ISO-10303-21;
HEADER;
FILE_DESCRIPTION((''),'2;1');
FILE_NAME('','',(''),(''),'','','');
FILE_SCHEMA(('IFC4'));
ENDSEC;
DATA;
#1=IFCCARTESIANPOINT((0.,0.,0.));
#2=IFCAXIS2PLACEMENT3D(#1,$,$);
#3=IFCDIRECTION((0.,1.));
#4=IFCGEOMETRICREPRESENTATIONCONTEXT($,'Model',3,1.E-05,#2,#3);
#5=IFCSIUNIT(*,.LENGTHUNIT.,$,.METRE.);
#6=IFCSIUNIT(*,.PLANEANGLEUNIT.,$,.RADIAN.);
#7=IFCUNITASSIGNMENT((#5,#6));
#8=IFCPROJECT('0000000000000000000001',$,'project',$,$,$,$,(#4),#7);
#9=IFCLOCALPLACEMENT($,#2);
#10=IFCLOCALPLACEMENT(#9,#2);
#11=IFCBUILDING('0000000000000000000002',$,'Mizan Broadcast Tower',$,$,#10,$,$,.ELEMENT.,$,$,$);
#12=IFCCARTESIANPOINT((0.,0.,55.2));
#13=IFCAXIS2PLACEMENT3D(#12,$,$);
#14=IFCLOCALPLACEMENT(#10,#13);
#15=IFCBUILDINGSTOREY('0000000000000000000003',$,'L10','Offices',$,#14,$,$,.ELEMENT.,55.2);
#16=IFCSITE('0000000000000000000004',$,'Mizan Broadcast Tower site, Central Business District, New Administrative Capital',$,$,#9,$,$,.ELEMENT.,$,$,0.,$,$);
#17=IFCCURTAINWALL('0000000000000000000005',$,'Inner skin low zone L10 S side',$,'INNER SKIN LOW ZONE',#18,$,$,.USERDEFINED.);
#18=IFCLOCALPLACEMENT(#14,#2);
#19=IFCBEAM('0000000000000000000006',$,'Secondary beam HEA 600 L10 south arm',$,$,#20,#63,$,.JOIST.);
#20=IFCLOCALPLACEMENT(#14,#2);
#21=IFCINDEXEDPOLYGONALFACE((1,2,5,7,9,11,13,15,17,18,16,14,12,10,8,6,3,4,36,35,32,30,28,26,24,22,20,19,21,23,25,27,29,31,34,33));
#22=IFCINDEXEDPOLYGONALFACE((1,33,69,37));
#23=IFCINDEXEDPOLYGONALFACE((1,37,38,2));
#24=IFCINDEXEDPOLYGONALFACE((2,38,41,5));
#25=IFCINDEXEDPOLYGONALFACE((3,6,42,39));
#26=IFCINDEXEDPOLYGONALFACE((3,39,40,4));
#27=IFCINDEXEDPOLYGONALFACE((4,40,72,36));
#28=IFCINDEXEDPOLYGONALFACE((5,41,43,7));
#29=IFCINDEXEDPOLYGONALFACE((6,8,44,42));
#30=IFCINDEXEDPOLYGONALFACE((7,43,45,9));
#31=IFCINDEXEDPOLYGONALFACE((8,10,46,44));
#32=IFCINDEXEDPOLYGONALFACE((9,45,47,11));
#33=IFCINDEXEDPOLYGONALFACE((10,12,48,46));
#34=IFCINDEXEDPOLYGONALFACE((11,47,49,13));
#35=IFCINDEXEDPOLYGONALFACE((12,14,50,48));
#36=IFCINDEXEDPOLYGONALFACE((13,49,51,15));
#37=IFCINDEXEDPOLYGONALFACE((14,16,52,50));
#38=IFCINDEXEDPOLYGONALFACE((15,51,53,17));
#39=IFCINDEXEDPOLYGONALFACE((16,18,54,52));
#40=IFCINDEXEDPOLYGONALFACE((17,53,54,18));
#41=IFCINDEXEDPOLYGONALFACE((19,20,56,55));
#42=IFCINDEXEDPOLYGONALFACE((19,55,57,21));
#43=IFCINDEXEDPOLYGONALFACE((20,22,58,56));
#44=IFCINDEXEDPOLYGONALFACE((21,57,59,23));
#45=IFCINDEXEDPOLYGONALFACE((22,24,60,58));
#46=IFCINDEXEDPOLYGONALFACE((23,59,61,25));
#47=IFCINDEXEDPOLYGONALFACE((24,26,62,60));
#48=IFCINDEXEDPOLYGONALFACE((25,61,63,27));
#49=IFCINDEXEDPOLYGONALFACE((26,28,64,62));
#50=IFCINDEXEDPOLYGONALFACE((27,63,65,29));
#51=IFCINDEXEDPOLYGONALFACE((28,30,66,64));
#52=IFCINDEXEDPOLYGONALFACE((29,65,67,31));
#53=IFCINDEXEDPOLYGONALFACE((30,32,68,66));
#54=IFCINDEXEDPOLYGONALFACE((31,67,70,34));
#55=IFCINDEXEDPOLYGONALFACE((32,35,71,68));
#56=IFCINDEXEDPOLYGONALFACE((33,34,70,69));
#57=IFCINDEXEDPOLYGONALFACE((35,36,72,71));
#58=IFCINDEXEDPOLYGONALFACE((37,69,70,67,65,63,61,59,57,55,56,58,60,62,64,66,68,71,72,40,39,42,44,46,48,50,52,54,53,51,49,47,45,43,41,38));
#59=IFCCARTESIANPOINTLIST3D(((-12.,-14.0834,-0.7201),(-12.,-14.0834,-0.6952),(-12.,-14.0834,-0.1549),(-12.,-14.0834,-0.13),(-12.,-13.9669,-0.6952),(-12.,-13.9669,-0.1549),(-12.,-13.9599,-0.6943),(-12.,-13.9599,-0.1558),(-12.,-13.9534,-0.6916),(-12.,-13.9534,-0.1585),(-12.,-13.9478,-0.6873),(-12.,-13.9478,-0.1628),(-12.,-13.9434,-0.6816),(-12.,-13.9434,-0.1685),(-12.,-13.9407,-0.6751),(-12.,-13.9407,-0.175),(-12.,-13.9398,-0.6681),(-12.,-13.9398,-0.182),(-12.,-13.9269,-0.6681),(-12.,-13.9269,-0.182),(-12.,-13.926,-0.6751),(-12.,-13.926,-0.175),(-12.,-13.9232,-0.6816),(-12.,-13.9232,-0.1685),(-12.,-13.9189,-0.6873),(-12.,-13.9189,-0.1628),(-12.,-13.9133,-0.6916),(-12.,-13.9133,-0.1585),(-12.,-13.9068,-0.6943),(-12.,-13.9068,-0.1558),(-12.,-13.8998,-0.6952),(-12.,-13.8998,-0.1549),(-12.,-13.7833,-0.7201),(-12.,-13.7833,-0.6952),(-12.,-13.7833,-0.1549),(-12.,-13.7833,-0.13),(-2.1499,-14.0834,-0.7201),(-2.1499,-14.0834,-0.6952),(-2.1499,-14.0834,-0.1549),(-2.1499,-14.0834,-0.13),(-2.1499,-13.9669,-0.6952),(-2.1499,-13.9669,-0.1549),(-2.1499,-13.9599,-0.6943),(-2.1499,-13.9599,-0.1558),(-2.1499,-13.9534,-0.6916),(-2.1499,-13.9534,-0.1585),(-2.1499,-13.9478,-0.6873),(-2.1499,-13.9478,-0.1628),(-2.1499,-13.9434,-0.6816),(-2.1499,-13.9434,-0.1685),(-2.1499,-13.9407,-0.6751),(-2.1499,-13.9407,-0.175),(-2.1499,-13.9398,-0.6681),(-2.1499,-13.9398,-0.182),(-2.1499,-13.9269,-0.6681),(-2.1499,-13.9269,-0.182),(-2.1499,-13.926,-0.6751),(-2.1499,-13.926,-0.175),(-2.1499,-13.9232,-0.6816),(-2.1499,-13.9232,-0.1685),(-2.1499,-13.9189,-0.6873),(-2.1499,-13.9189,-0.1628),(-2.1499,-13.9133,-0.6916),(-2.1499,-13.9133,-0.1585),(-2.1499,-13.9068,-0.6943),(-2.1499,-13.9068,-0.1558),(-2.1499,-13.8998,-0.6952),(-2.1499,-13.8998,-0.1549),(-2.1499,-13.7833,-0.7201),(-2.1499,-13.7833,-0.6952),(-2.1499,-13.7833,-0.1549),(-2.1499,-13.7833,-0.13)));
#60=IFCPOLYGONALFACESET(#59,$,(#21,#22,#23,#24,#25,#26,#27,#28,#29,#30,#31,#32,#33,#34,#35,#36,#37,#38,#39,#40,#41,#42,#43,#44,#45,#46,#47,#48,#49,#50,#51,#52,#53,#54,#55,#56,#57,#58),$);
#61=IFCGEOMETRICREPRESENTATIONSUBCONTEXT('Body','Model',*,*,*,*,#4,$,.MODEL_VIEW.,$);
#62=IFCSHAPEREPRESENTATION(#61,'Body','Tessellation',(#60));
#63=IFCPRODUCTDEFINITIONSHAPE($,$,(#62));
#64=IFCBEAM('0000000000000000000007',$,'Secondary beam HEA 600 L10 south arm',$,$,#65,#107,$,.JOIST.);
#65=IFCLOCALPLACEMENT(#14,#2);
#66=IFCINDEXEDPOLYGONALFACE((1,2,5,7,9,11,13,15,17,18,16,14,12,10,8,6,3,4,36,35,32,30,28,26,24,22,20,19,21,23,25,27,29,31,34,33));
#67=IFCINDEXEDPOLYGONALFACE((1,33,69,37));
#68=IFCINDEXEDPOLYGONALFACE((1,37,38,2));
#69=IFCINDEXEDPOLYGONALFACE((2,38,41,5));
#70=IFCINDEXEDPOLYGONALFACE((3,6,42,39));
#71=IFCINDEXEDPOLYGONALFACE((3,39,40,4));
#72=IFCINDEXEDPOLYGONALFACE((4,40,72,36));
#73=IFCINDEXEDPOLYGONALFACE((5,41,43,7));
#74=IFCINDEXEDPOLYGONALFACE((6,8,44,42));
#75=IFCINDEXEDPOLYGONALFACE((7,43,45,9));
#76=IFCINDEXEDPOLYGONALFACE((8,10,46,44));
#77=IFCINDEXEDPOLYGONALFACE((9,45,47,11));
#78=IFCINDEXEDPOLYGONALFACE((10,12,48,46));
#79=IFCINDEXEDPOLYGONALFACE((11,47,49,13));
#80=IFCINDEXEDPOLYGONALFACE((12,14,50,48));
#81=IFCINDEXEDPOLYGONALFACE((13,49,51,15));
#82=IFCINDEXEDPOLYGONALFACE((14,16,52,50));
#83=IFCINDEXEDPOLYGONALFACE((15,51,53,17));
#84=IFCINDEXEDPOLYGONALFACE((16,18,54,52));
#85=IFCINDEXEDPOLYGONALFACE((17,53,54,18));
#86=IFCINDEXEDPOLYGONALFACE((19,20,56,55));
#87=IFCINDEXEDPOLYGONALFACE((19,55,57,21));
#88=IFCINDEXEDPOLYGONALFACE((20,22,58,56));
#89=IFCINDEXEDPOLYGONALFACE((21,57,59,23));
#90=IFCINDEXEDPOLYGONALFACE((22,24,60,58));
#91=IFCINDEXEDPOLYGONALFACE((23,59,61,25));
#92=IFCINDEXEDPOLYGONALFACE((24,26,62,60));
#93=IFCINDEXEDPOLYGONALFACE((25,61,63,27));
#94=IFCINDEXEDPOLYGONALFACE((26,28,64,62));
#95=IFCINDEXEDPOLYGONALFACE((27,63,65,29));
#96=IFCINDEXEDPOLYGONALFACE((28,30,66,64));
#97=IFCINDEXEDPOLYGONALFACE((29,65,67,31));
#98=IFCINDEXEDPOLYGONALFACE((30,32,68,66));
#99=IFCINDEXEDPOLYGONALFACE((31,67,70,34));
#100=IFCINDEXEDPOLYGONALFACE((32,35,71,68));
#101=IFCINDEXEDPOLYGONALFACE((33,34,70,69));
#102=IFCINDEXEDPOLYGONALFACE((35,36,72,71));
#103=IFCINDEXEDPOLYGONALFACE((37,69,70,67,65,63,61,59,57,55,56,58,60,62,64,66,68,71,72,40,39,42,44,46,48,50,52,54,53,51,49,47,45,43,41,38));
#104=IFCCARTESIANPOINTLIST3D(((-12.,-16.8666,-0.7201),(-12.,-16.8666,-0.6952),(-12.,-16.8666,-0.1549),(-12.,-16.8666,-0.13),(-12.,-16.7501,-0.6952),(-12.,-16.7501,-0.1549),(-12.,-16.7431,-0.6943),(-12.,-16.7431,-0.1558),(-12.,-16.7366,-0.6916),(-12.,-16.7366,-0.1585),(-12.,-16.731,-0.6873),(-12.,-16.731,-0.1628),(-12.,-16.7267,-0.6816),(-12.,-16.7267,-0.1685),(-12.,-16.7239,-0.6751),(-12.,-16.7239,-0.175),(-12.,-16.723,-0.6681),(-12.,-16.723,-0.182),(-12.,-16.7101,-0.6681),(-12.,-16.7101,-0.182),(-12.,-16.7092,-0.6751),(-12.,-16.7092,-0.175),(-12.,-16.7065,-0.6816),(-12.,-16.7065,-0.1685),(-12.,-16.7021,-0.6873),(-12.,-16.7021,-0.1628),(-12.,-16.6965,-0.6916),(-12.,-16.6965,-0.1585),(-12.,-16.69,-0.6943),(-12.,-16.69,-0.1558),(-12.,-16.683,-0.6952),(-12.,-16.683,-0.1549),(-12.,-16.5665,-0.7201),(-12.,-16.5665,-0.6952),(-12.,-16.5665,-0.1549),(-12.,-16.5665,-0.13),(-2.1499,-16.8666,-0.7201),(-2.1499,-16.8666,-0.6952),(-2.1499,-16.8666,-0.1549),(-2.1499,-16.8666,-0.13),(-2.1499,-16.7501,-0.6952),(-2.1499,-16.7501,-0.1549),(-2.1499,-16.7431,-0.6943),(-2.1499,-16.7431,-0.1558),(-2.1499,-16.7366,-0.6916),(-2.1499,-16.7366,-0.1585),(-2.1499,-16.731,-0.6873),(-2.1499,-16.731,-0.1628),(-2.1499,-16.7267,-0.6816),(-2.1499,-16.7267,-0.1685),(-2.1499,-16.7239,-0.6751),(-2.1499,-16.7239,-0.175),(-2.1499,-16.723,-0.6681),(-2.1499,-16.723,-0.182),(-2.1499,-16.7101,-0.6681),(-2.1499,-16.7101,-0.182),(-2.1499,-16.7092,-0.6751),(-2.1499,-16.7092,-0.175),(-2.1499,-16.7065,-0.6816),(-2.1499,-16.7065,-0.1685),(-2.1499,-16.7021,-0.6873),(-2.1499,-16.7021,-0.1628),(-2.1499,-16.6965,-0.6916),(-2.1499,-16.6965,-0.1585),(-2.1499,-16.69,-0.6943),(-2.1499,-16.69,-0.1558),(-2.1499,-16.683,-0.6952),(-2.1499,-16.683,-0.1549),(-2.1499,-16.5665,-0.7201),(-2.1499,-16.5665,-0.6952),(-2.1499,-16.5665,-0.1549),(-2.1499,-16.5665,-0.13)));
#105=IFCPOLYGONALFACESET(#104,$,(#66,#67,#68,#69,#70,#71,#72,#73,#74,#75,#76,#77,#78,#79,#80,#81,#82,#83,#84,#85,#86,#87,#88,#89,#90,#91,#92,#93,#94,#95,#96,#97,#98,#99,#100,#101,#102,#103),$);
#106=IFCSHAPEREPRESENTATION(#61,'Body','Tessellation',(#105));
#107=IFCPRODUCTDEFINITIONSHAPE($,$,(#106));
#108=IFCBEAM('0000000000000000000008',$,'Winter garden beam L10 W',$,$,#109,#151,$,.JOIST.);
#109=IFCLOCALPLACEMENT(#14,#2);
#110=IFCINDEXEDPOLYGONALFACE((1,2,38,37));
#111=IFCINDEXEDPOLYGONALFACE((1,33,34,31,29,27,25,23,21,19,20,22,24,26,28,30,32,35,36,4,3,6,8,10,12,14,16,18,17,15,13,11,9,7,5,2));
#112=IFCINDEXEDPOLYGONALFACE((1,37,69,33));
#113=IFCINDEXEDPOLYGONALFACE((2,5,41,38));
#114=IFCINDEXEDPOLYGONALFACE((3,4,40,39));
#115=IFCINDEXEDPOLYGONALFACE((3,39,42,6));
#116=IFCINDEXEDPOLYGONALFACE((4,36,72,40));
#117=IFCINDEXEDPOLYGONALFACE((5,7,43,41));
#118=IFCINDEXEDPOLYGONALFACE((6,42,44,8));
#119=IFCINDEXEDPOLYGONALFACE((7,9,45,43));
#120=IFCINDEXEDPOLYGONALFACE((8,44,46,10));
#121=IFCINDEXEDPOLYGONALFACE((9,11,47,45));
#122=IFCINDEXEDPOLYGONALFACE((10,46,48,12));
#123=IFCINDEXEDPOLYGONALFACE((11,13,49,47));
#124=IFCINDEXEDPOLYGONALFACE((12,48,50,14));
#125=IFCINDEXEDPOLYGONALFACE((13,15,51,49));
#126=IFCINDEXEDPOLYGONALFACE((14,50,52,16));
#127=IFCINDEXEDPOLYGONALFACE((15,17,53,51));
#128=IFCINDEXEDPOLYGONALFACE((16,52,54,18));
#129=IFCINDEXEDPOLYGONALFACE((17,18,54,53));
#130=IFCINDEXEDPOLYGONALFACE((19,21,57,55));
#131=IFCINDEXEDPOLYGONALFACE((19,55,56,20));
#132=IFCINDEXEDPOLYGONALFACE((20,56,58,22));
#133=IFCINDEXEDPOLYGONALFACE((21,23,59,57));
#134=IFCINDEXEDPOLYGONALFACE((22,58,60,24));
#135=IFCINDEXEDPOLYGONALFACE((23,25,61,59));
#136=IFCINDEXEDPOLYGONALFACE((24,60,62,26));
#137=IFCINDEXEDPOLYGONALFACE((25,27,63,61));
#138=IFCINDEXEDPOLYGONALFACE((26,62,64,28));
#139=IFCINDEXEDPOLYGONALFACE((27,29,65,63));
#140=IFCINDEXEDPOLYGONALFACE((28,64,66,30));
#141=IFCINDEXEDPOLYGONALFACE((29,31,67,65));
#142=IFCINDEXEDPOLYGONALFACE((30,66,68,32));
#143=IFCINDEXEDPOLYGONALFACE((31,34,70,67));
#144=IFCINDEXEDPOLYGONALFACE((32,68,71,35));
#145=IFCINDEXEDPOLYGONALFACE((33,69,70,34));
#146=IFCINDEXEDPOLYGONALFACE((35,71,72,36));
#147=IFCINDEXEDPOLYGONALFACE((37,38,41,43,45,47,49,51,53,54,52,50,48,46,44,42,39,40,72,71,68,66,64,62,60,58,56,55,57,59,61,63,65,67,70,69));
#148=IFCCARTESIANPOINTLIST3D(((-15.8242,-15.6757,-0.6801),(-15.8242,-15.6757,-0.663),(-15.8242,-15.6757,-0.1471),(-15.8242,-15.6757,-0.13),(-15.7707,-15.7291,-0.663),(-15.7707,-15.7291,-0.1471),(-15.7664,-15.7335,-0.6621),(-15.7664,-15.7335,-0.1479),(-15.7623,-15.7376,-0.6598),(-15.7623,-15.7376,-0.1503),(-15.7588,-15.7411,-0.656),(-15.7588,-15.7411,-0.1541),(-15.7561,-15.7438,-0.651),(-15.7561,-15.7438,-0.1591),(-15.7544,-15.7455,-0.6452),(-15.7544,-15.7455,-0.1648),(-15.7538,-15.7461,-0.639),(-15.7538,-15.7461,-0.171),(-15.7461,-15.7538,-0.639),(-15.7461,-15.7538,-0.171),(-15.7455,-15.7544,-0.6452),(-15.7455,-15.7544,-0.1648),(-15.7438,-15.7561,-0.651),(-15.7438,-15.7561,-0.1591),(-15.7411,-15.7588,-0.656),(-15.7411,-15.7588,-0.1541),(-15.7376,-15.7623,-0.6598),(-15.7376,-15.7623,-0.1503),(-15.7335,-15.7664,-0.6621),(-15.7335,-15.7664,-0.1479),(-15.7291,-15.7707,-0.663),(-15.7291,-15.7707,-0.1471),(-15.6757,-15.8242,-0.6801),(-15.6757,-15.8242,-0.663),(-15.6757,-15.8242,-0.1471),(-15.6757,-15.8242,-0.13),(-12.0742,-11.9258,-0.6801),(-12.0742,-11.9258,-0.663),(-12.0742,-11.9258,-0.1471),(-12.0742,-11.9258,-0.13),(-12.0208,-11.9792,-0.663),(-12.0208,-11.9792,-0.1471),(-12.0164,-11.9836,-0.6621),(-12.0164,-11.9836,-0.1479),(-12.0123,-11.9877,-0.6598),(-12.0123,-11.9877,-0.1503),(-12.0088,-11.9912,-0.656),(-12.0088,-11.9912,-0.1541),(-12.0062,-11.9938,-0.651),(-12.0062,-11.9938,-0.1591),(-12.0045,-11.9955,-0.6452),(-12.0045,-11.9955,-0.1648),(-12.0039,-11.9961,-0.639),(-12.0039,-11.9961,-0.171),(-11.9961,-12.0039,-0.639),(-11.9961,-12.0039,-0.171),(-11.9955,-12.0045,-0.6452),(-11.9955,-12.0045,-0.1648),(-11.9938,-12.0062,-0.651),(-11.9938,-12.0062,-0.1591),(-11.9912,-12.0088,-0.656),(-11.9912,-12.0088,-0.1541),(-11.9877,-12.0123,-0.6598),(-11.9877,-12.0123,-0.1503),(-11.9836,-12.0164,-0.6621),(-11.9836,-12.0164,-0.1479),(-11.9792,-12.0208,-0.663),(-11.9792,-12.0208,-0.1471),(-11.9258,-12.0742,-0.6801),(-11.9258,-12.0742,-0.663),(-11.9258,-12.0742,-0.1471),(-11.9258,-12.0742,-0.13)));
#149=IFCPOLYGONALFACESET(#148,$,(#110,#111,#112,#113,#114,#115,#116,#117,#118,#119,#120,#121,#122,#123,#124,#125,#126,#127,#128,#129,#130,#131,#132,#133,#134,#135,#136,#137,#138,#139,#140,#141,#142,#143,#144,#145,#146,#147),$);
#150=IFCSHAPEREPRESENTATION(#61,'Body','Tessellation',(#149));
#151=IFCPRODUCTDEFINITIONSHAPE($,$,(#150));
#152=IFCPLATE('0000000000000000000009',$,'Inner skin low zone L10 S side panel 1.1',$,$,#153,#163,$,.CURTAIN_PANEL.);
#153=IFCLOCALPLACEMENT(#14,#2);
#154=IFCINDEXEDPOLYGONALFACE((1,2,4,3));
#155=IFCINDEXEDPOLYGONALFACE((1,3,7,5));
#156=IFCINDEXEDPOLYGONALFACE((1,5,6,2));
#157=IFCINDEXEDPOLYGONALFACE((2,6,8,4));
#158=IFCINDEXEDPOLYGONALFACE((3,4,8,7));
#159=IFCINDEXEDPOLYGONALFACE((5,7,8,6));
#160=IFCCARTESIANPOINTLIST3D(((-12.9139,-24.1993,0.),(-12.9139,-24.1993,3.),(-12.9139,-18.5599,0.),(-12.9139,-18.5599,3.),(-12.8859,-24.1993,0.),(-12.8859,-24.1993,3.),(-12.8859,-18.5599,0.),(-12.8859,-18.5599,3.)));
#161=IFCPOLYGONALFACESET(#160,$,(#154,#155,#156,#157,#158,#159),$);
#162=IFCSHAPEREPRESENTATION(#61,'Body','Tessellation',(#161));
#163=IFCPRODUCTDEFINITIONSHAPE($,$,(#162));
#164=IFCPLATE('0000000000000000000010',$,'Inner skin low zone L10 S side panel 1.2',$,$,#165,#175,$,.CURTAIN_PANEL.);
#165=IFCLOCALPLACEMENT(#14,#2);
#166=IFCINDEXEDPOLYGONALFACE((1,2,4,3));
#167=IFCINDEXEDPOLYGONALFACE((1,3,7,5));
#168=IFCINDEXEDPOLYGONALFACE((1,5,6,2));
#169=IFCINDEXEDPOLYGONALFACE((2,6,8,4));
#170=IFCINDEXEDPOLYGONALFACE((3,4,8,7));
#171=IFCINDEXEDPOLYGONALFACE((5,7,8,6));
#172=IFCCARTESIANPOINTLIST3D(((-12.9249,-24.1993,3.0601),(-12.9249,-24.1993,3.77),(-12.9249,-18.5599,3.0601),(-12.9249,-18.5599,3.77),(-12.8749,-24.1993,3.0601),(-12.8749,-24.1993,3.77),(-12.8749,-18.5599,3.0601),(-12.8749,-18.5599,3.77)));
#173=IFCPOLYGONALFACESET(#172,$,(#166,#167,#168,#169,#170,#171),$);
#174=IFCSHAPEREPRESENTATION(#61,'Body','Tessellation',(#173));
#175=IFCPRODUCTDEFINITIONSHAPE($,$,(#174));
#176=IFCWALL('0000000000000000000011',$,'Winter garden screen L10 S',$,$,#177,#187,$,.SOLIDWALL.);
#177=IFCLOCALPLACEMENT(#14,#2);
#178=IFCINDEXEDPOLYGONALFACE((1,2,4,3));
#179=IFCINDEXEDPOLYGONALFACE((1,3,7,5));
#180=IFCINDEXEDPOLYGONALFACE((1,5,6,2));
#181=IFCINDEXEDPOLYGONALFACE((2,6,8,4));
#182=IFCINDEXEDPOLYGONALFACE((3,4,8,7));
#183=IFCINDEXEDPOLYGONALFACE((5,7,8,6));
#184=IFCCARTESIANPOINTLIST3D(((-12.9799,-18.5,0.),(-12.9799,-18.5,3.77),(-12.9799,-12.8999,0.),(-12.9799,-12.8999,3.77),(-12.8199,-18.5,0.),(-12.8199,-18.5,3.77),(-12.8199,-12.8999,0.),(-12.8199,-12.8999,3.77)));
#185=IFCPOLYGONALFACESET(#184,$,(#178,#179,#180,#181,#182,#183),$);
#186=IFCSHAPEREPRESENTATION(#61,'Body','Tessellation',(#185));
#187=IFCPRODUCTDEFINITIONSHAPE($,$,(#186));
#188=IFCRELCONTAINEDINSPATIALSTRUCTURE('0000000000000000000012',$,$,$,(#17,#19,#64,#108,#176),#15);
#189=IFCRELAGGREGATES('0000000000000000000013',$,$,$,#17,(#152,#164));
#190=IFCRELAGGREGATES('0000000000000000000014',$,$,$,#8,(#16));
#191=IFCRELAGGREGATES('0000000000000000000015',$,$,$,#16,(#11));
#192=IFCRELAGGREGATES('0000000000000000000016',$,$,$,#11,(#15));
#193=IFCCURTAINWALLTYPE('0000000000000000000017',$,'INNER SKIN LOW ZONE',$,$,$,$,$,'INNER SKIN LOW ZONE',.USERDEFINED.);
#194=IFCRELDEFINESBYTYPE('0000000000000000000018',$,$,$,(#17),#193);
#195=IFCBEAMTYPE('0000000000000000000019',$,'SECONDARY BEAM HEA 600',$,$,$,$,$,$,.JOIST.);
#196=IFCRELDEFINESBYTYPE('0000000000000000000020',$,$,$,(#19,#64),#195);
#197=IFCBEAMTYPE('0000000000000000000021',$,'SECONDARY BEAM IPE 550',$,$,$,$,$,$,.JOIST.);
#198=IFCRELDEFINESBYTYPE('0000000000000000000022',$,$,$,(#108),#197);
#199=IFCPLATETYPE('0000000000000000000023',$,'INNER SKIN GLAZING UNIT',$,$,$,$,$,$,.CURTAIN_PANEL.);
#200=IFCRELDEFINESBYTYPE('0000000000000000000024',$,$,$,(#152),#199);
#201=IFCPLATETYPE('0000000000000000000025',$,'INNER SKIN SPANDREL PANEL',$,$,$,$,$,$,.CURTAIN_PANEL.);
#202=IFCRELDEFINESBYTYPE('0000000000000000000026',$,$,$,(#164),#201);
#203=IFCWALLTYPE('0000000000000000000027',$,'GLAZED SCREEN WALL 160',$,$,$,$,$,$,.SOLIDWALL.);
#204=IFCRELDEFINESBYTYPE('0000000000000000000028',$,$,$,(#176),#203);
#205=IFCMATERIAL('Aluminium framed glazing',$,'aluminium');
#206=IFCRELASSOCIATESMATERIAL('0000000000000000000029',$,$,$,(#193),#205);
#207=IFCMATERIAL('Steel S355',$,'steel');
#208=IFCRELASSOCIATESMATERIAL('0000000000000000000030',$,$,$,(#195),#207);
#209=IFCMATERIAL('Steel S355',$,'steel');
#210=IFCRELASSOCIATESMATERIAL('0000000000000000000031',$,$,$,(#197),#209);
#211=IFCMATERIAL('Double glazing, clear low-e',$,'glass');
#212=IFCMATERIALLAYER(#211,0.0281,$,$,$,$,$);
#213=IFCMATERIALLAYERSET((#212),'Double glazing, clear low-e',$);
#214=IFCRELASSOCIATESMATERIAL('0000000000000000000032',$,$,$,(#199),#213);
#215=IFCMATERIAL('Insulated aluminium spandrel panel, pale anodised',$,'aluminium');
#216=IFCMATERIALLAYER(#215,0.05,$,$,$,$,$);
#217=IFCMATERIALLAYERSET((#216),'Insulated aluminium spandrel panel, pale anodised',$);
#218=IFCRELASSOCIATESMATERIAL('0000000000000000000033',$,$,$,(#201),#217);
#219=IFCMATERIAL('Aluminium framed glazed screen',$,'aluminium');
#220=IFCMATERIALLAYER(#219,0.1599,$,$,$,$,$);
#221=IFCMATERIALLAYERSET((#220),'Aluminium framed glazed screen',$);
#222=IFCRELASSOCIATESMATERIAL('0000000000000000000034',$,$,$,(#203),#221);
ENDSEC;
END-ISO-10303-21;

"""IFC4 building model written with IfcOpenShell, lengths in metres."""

from ifc_helpers import new_model, si_unit, direction, frame, frame_2d, origin, origin_2d, place, context, subcontext, project, spatial, rectangle, i_section, extrude, material, layer, layer_set, material_profile, profile_set, type_object, element, aggregate, save


model = new_model("IFC4")

# Units and contexts
model_context = context("Model", 3, precision=1e-05, world=origin(), true_north=direction((0.0, 1.0)))
body_context = subcontext(model_context, "Body", "Model", "MODEL_VIEW")
ifc_project = project(units=[si_unit("LENGTHUNIT", "METRE"), si_unit("PLANEANGLEUNIT", "RADIAN")], contexts=[model_context])

# Site, building, storey
site_placement = place(None, origin())
site = spatial("IfcSite", under=ifc_project, at=site_placement, Name="Mizan Broadcast Tower site, Central Business District, New Administrative Capital", CompositionType="ELEMENT", RefElevation=0.0)
building_placement = place(site_placement, origin())
building = spatial("IfcBuilding", under=site, at=building_placement, Name="Mizan Broadcast Tower", CompositionType="ELEMENT")
storey_placement = place(building_placement, frame((0.0, 0.0, 55.2)))
storey = spatial("IfcBuildingStorey", under=building, at=storey_placement, Name="L10", Description="Offices", CompositionType="ELEMENT", Elevation=55.2)

# Curtain wall
ifc_material_1 = material(Name="Aluminium framed glazing", Category="aluminium")
curtain_wall_type = type_object("IfcCurtainWallType", Name="INNER SKIN LOW ZONE", ElementType="INNER SKIN LOW ZONE", PredefinedType="USERDEFINED", material=ifc_material_1)
curtain_wall_placement = place(storey_placement, origin())
curtain_wall = element("IfcCurtainWall", 1, at=curtain_wall_placement, inside=storey, type_object=curtain_wall_type, Name="Inner skin low zone L10 S side", ObjectType="INNER SKIN LOW ZONE", PredefinedType="USERDEFINED")

# Beams
ifc_material_2 = material(Name="Steel S355", Category="steel")
ifc_material_profile_1 = material_profile(ifc_material_2, i_section(OverallWidth=0.3, OverallDepth=0.5901, WebThickness=0.0129, FlangeThickness=0.0249, FilletRadius=0.0271, at=origin_2d()), Name="HEA 600")
ifc_profile_set_1 = profile_set([ifc_material_profile_1], Name="Steel S355")
beam_type_1 = type_object("IfcBeamType", Name="SECONDARY BEAM HEA 600", PredefinedType="JOIST", material=ifc_profile_set_1)
for number, where, z_axis, x_axis, name in (
    (2, (-12.0, -13.9333, -0.425), (1.0, 0.0, 0.0), (0.0, 1.0, 0.0), "Secondary beam HEA 600 L10 south arm"),
    (3, (-12.0, -16.7166, -0.425), (1.0, 0.0, 0.0), (0.0, 1.0, 0.0), "Secondary beam HEA 600 L10 south arm"),
):
    element("IfcBeam", number, at=place(storey_placement, frame(where, z_axis=z_axis, x_axis=x_axis)), inside=storey, type_object=beam_type_1, Name=name, PredefinedType="JOIST", context=body_context, shape_type="SweptSolid", body=[
        extrude(i_section(OverallWidth=0.3, OverallDepth=0.5901, WebThickness=0.0129, FlangeThickness=0.0249, FilletRadius=0.0271, at=origin_2d()), origin(), (0.0, 0.0, 1.0), 9.8501),
    ])
ifc_material_3 = material(Name="Steel S355", Category="steel")
ifc_material_profile_2 = material_profile(ifc_material_3, i_section(OverallWidth=0.21, OverallDepth=0.55, WebThickness=0.011, FlangeThickness=0.0171, FilletRadius=0.0239, at=origin_2d()), Name="IPE 550")
ifc_profile_set_2 = profile_set([ifc_material_profile_2], Name="Steel S355")
beam_type_2 = type_object("IfcBeamType", Name="SECONDARY BEAM IPE 550", PredefinedType="JOIST", material=ifc_profile_set_2)
beam_1_placement = place(storey_placement, frame((-12.0, -12.0, -0.405), z_axis=(-0.707107, -0.707107, 0.0), x_axis=(0.707107, -0.707107, 0.0)))
element("IfcBeam", 4, at=beam_1_placement, inside=storey, type_object=beam_type_2, Name="Winter garden beam L10 W", PredefinedType="JOIST", context=body_context, shape_type="SweptSolid", body=[
    extrude(i_section(OverallWidth=0.21, OverallDepth=0.55, WebThickness=0.011, FlangeThickness=0.0171, FilletRadius=0.0239, at=origin_2d()), origin(), (0.0, 0.0, 1.0), 5.3032),
])

# Plates
ifc_material_4 = material(Name="Double glazing, clear low-e", Category="glass")
ifc_layer_1 = layer(ifc_material_4, 0.0281)
ifc_layer_set_1 = layer_set([ifc_layer_1], Name="Double glazing, clear low-e")
plate_type_1 = type_object("IfcPlateType", Name="INNER SKIN GLAZING UNIT", PredefinedType="CURTAIN_PANEL", material=ifc_layer_set_1)
plate_1_placement = place(storey_placement, frame((-12.8999, -21.3796, 0.0), z_axis=(0.0, 0.0, 1.0), x_axis=(0.0, -1.0, 0.0)))
plate_1 = element("IfcPlate", 5, at=plate_1_placement, type_object=plate_type_1, Name="Inner skin low zone L10 S side panel 1.1", PredefinedType="CURTAIN_PANEL", context=body_context, shape_type="SweptSolid", body=[
    extrude(rectangle(XDim=5.6394, YDim=0.0281, at=origin_2d()), origin(), (0.0, 0.0, 1.0), 3.0),
])
ifc_material_5 = material(Name="Insulated aluminium spandrel panel, pale anodised", Category="aluminium")
ifc_layer_2 = layer(ifc_material_5, 0.05)
ifc_layer_set_2 = layer_set([ifc_layer_2], Name="Insulated aluminium spandrel panel, pale anodised")
plate_type_2 = type_object("IfcPlateType", Name="INNER SKIN SPANDREL PANEL", PredefinedType="CURTAIN_PANEL", material=ifc_layer_set_2)
plate_2_placement = place(storey_placement, frame((-12.8999, -21.3796, 3.0601), z_axis=(0.0, 0.0, 1.0), x_axis=(0.0, -1.0, 0.0)))
plate_2 = element("IfcPlate", 6, at=plate_2_placement, type_object=plate_type_2, Name="Inner skin low zone L10 S side panel 1.2", PredefinedType="CURTAIN_PANEL", context=body_context, shape_type="SweptSolid", body=[
    extrude(rectangle(XDim=5.6394, YDim=0.05, at=origin_2d()), origin(), (0.0, 0.0, 1.0), 0.71),
])
aggregate(curtain_wall, [plate_1, plate_2])

# Wall
ifc_material_6 = material(Name="Aluminium framed glazed screen", Category="aluminium")
ifc_layer_3 = layer(ifc_material_6, 0.1599)
ifc_layer_set_3 = layer_set([ifc_layer_3], Name="Aluminium framed glazed screen")
wall_type_1 = type_object("IfcWallType", Name="GLAZED SCREEN WALL 160", PredefinedType="SOLIDWALL", material=ifc_layer_set_3)
wall_1_placement = place(storey_placement, frame((-12.8999, -12.8999, 0.0), z_axis=(0.0, 0.0, 1.0), x_axis=(0.0, -1.0, 0.0)))
element("IfcWall", 7, at=wall_1_placement, inside=storey, type_object=wall_type_1, Name="Winter garden screen L10 S", PredefinedType="SOLIDWALL", context=body_context, shape_type="SweptSolid", body=[
    extrude(rectangle(XDim=5.6001, YDim=0.1599, at=frame_2d((2.8, 0.0))), origin(), (0.0, 0.0, 1.0), 3.77),
])

save(model, "model.ifc")
